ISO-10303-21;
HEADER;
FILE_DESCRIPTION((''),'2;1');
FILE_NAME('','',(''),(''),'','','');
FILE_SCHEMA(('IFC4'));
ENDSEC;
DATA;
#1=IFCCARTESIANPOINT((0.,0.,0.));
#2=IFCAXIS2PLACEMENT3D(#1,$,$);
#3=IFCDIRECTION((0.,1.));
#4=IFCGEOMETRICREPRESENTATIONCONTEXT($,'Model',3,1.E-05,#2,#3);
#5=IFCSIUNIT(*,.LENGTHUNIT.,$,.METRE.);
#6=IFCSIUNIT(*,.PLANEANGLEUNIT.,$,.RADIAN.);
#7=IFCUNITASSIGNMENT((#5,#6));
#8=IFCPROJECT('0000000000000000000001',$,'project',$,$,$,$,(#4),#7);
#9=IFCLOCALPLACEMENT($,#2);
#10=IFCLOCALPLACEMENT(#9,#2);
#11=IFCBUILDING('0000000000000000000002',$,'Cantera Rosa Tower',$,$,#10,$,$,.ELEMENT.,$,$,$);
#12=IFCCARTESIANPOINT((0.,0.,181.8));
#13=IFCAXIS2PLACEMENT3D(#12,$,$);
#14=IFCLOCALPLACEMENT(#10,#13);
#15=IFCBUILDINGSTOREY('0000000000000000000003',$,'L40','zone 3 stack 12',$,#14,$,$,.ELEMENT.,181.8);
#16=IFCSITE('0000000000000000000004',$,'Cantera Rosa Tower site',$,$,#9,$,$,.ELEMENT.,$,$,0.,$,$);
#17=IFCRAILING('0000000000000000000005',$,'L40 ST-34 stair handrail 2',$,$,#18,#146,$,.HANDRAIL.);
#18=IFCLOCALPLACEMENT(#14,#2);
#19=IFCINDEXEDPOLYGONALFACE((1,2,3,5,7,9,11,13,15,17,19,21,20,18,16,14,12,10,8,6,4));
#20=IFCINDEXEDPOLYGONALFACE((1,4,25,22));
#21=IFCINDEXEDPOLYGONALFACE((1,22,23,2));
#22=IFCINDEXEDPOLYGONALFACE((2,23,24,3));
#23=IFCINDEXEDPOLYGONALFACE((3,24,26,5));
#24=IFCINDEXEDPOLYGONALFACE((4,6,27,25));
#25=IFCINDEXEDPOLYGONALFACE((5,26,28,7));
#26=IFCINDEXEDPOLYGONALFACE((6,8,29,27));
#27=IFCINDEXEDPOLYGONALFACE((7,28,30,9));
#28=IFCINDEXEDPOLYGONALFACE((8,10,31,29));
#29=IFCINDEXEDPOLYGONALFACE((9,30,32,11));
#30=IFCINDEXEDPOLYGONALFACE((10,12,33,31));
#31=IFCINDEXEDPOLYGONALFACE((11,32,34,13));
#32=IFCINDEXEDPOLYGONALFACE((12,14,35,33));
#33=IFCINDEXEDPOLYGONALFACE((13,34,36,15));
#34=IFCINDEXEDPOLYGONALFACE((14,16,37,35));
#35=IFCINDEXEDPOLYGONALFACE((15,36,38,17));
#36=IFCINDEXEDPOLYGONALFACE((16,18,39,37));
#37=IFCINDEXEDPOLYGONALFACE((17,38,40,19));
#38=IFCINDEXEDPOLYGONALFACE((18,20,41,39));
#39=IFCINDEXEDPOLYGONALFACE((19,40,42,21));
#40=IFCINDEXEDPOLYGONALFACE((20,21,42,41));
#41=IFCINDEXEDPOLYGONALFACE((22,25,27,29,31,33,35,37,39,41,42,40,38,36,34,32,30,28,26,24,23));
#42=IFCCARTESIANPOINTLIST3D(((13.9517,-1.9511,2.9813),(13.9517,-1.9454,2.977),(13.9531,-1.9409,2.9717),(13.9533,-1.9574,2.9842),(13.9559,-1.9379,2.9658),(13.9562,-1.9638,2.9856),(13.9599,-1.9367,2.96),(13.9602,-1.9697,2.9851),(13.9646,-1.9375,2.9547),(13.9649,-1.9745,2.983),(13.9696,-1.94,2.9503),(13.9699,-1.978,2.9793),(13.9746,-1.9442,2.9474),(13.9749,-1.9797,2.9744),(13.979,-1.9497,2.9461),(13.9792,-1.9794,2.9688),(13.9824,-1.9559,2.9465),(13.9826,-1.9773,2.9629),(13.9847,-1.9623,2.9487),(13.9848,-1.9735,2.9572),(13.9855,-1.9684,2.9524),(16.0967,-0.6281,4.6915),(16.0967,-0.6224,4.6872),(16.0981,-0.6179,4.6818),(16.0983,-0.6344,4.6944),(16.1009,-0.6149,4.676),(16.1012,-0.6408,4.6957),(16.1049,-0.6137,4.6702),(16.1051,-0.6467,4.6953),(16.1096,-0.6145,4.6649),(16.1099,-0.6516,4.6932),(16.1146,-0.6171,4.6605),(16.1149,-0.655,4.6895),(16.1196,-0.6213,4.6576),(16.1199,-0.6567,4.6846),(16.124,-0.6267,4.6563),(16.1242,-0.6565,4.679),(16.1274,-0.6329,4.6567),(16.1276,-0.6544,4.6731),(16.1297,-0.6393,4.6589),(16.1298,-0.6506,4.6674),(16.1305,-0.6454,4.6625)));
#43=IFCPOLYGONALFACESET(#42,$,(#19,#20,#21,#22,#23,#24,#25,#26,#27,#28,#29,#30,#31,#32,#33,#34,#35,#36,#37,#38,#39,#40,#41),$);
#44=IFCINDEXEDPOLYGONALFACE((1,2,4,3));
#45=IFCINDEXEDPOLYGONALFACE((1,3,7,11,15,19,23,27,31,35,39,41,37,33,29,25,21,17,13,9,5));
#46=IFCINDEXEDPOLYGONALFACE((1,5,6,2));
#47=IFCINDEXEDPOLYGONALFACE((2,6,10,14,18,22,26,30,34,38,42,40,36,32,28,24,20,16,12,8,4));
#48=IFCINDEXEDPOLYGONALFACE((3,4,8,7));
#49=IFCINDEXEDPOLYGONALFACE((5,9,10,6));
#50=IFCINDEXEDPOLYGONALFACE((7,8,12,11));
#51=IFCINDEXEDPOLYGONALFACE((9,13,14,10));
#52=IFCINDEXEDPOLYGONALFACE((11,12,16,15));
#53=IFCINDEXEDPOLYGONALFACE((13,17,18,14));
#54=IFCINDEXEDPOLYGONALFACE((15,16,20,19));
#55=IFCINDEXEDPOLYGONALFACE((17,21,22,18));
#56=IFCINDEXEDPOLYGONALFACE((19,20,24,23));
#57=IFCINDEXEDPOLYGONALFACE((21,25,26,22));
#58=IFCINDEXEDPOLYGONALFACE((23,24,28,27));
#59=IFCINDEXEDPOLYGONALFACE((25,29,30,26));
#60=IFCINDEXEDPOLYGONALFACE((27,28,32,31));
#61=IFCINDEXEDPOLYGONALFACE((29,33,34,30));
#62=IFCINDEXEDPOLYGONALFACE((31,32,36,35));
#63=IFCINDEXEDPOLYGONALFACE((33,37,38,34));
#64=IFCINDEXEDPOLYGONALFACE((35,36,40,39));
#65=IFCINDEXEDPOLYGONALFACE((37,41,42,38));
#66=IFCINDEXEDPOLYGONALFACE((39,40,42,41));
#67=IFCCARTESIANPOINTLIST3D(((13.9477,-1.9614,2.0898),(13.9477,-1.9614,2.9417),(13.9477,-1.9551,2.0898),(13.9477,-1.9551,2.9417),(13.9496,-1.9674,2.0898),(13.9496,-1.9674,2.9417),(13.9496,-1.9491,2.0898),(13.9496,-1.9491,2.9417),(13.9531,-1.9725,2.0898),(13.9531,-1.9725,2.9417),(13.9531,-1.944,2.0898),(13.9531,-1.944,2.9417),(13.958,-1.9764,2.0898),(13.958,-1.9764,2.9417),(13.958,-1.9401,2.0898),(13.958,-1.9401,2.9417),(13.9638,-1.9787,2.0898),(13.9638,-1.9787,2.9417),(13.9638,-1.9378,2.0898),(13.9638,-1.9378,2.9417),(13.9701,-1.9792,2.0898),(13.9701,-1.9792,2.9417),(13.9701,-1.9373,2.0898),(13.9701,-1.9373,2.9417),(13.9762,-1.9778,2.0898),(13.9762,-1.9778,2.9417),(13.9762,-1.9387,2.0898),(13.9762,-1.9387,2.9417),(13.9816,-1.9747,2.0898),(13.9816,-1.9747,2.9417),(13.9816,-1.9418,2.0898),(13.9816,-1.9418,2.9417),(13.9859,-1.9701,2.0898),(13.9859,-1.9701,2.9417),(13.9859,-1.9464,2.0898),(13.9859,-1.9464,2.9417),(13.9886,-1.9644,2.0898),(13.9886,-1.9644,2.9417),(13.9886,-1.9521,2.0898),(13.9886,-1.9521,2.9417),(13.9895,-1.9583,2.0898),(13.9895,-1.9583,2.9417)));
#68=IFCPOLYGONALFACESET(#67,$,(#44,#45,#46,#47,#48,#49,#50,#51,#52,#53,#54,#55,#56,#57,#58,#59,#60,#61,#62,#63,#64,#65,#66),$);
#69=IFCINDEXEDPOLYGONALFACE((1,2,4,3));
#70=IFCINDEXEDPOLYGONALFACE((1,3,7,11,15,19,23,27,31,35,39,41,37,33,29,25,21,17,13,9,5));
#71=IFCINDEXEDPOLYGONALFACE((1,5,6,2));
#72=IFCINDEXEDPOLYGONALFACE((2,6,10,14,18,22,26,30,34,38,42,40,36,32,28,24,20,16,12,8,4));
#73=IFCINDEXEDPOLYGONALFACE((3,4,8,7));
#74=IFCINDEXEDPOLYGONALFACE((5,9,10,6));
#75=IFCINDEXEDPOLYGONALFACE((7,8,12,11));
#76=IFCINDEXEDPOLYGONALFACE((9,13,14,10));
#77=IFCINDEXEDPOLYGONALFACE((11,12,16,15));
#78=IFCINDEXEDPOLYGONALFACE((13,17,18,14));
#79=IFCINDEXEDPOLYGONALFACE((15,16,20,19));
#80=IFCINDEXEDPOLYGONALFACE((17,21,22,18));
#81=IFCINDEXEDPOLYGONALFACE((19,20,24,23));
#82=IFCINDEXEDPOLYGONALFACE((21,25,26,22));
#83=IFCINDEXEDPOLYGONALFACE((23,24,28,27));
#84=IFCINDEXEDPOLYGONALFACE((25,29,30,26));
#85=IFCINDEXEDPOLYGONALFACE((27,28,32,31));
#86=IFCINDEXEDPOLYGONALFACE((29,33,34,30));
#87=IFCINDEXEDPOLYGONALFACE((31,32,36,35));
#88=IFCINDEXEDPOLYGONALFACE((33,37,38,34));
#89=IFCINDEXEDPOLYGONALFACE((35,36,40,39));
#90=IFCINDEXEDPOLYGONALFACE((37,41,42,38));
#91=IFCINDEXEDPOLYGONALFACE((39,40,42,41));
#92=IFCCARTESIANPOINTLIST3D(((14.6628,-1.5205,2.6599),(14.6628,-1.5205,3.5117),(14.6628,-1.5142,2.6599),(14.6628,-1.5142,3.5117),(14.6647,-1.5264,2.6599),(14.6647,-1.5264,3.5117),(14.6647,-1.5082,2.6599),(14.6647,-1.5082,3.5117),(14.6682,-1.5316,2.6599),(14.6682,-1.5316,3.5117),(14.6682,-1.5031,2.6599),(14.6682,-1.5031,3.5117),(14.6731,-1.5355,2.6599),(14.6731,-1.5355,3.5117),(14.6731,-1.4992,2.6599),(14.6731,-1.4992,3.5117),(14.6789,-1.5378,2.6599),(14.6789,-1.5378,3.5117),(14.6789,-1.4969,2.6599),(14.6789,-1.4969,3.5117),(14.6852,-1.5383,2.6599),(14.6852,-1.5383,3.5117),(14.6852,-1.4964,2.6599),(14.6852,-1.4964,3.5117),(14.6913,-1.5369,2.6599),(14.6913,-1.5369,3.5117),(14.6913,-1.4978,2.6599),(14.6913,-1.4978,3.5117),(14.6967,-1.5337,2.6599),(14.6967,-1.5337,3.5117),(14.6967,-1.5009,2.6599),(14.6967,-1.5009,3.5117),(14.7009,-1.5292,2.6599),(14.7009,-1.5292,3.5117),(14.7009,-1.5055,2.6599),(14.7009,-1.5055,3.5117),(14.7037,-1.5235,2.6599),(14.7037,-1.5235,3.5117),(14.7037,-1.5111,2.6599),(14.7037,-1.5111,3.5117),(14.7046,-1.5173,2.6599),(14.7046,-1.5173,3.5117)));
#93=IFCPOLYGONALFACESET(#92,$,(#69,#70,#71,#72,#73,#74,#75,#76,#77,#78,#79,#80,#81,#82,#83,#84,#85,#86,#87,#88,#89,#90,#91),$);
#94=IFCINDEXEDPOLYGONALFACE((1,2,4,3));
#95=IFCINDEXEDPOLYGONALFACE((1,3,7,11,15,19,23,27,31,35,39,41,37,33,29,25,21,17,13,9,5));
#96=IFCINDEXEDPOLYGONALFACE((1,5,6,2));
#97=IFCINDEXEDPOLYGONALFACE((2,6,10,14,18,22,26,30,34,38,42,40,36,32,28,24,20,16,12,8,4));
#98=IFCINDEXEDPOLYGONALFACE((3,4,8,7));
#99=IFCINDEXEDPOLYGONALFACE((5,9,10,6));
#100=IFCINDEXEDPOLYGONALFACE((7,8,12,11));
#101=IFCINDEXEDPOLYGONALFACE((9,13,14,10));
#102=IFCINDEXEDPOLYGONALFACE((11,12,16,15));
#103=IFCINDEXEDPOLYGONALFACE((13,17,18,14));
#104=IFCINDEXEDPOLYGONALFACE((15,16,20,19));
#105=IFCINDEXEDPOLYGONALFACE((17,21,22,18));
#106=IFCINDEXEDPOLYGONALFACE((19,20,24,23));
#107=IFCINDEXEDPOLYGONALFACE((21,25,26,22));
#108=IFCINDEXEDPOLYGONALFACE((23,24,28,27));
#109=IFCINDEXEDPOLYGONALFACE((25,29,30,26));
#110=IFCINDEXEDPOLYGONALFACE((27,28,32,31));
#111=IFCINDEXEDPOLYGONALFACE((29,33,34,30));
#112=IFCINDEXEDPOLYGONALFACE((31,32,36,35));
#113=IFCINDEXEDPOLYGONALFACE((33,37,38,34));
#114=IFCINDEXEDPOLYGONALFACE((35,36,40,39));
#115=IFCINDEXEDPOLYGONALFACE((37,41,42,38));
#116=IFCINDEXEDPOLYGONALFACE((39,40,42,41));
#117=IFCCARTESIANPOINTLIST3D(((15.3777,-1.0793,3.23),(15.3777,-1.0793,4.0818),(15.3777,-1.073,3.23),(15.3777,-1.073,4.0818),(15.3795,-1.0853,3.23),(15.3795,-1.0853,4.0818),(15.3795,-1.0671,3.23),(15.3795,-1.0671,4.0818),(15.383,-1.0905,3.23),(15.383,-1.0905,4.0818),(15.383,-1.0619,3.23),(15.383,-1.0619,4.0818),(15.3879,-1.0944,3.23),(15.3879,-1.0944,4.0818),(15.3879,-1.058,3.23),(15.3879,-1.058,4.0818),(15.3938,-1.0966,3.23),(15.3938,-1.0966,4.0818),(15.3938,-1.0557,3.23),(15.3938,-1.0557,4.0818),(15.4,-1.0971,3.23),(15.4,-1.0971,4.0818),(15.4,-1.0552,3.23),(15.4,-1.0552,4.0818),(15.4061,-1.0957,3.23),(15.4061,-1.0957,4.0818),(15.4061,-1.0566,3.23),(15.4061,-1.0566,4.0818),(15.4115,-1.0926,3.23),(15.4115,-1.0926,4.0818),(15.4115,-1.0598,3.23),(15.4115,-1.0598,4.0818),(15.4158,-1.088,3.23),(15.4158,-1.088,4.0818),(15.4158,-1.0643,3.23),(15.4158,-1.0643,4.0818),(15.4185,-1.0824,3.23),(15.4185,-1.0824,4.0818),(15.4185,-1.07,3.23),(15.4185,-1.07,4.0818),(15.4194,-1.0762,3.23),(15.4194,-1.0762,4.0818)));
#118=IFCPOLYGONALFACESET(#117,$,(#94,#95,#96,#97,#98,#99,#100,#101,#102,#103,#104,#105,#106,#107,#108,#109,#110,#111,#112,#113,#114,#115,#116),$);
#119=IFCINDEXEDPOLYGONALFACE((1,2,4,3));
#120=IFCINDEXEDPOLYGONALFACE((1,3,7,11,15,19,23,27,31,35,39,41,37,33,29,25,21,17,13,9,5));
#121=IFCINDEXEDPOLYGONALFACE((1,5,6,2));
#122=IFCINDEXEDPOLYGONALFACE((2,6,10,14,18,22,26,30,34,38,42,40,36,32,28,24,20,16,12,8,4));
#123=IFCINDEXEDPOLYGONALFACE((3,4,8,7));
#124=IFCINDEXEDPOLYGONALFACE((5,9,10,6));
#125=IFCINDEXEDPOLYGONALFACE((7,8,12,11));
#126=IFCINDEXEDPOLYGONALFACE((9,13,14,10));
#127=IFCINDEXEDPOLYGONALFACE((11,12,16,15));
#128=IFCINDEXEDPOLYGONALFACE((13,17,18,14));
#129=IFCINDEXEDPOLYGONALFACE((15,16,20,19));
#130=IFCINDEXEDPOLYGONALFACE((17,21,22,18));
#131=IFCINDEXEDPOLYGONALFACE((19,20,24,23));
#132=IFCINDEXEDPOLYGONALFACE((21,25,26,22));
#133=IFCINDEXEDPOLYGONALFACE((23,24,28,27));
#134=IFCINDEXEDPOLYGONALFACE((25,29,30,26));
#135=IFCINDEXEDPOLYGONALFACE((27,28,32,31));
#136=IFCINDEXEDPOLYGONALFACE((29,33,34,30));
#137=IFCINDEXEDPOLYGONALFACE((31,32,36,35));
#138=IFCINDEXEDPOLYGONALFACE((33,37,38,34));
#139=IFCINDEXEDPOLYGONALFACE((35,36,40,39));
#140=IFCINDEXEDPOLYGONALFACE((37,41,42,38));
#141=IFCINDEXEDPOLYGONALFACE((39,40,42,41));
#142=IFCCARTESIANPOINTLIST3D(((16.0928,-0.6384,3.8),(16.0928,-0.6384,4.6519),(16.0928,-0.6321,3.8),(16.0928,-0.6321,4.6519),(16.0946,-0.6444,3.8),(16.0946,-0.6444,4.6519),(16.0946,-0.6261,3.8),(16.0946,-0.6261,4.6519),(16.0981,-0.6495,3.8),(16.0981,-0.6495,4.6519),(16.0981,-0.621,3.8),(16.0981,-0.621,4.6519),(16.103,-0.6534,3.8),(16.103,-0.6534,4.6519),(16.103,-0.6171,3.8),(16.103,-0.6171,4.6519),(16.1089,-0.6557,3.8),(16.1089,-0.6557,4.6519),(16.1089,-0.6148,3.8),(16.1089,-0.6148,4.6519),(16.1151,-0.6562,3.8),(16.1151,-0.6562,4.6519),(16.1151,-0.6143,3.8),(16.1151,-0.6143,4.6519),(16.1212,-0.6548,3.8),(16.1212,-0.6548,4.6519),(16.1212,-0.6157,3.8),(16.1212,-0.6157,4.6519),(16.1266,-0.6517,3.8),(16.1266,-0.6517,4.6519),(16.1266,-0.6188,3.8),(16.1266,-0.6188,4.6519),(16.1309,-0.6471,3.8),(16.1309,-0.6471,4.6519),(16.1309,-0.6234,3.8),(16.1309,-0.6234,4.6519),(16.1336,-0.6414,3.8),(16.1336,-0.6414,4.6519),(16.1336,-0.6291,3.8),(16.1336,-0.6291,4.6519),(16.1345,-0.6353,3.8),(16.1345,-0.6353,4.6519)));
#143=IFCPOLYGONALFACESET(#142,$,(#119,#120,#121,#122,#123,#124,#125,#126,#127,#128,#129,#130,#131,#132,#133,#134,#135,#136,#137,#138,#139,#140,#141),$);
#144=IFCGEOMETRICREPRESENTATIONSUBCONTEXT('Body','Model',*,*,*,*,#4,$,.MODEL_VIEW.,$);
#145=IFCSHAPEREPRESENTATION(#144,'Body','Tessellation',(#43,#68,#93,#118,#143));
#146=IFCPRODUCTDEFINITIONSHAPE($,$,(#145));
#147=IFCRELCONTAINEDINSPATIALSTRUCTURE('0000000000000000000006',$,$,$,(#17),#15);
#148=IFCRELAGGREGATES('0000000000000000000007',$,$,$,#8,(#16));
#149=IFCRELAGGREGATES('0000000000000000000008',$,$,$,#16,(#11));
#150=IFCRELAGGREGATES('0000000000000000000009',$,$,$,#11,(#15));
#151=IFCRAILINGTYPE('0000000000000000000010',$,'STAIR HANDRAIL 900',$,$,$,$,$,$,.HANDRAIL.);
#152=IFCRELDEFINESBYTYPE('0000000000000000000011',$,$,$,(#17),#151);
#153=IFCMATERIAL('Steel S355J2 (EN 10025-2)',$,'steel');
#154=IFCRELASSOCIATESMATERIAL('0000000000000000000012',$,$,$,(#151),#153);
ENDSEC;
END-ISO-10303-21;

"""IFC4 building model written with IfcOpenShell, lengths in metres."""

from ifc_helpers import new_model, si_unit, direction, frame, origin, origin_2d, place, context, subcontext, project, spatial, circle, extrude, material, type_object, element, save


model = new_model("IFC4")

# Units and contexts
model_context = context("Model", 3, precision=1e-05, world=origin(), true_north=direction((0.0, 1.0)))
body_context = subcontext(model_context, "Body", "Model", "MODEL_VIEW")
ifc_project = project(units=[si_unit("LENGTHUNIT", "METRE"), si_unit("PLANEANGLEUNIT", "RADIAN")], contexts=[model_context])

# Site, building, storey
site_placement = place(None, origin())
site = spatial("IfcSite", under=ifc_project, at=site_placement, Name="Cantera Rosa Tower site", CompositionType="ELEMENT", RefElevation=0.0)
building_placement = place(site_placement, origin())
building = spatial("IfcBuilding", under=site, at=building_placement, Name="Cantera Rosa Tower", CompositionType="ELEMENT")
storey_placement = place(building_placement, frame((0.0, 0.0, 181.8)))
storey = spatial("IfcBuildingStorey", under=building, at=storey_placement, Name="L40", Description="zone 3 stack 12", CompositionType="ELEMENT", Elevation=181.8)

# Railing
ifc_material_1 = material(Name="Steel S355J2 (EN 10025-2)", Category="steel")
railing_type_1 = type_object("IfcRailingType", Name="STAIR HANDRAIL 900", PredefinedType="HANDRAIL", material=ifc_material_1)
railing_1_placement = place(storey_placement, frame((13.9685, -1.9583, 2.0898)))
element("IfcRailing", 1, at=railing_1_placement, inside=storey, type_object=railing_type_1, Name="L40 ST-34 stair handrail 2", PredefinedType="HANDRAIL", context=body_context, shape_type="SweptSolid", body=[
    extrude(circle(Radius=0.0239, at=origin_2d()), frame((0.0, 0.0, 0.876), z_axis=(0.70428, 0.434384, 0.561516), x_axis=(-0.524957, 0.851129, 0.0)), (0.0, 0.0, 1.0), 3.0457),
    extrude(circle(Radius=0.021, at=origin_2d()), origin(), (0.0, 0.0, 1.0), 0.8518),
    extrude(circle(Radius=0.021, at=origin_2d()), frame((0.7151, 0.4409, 0.5701)), (0.0, 0.0, 1.0), 0.8518),
    extrude(circle(Radius=0.021, at=origin_2d()), frame((1.4299, 0.8821, 1.1401)), (0.0, 0.0, 1.0), 0.8518),
    extrude(circle(Radius=0.021, at=origin_2d()), frame((2.145, 1.323, 1.7102)), (0.0, 0.0, 1.0), 0.8518),
])

save(model, "model.ifc")
